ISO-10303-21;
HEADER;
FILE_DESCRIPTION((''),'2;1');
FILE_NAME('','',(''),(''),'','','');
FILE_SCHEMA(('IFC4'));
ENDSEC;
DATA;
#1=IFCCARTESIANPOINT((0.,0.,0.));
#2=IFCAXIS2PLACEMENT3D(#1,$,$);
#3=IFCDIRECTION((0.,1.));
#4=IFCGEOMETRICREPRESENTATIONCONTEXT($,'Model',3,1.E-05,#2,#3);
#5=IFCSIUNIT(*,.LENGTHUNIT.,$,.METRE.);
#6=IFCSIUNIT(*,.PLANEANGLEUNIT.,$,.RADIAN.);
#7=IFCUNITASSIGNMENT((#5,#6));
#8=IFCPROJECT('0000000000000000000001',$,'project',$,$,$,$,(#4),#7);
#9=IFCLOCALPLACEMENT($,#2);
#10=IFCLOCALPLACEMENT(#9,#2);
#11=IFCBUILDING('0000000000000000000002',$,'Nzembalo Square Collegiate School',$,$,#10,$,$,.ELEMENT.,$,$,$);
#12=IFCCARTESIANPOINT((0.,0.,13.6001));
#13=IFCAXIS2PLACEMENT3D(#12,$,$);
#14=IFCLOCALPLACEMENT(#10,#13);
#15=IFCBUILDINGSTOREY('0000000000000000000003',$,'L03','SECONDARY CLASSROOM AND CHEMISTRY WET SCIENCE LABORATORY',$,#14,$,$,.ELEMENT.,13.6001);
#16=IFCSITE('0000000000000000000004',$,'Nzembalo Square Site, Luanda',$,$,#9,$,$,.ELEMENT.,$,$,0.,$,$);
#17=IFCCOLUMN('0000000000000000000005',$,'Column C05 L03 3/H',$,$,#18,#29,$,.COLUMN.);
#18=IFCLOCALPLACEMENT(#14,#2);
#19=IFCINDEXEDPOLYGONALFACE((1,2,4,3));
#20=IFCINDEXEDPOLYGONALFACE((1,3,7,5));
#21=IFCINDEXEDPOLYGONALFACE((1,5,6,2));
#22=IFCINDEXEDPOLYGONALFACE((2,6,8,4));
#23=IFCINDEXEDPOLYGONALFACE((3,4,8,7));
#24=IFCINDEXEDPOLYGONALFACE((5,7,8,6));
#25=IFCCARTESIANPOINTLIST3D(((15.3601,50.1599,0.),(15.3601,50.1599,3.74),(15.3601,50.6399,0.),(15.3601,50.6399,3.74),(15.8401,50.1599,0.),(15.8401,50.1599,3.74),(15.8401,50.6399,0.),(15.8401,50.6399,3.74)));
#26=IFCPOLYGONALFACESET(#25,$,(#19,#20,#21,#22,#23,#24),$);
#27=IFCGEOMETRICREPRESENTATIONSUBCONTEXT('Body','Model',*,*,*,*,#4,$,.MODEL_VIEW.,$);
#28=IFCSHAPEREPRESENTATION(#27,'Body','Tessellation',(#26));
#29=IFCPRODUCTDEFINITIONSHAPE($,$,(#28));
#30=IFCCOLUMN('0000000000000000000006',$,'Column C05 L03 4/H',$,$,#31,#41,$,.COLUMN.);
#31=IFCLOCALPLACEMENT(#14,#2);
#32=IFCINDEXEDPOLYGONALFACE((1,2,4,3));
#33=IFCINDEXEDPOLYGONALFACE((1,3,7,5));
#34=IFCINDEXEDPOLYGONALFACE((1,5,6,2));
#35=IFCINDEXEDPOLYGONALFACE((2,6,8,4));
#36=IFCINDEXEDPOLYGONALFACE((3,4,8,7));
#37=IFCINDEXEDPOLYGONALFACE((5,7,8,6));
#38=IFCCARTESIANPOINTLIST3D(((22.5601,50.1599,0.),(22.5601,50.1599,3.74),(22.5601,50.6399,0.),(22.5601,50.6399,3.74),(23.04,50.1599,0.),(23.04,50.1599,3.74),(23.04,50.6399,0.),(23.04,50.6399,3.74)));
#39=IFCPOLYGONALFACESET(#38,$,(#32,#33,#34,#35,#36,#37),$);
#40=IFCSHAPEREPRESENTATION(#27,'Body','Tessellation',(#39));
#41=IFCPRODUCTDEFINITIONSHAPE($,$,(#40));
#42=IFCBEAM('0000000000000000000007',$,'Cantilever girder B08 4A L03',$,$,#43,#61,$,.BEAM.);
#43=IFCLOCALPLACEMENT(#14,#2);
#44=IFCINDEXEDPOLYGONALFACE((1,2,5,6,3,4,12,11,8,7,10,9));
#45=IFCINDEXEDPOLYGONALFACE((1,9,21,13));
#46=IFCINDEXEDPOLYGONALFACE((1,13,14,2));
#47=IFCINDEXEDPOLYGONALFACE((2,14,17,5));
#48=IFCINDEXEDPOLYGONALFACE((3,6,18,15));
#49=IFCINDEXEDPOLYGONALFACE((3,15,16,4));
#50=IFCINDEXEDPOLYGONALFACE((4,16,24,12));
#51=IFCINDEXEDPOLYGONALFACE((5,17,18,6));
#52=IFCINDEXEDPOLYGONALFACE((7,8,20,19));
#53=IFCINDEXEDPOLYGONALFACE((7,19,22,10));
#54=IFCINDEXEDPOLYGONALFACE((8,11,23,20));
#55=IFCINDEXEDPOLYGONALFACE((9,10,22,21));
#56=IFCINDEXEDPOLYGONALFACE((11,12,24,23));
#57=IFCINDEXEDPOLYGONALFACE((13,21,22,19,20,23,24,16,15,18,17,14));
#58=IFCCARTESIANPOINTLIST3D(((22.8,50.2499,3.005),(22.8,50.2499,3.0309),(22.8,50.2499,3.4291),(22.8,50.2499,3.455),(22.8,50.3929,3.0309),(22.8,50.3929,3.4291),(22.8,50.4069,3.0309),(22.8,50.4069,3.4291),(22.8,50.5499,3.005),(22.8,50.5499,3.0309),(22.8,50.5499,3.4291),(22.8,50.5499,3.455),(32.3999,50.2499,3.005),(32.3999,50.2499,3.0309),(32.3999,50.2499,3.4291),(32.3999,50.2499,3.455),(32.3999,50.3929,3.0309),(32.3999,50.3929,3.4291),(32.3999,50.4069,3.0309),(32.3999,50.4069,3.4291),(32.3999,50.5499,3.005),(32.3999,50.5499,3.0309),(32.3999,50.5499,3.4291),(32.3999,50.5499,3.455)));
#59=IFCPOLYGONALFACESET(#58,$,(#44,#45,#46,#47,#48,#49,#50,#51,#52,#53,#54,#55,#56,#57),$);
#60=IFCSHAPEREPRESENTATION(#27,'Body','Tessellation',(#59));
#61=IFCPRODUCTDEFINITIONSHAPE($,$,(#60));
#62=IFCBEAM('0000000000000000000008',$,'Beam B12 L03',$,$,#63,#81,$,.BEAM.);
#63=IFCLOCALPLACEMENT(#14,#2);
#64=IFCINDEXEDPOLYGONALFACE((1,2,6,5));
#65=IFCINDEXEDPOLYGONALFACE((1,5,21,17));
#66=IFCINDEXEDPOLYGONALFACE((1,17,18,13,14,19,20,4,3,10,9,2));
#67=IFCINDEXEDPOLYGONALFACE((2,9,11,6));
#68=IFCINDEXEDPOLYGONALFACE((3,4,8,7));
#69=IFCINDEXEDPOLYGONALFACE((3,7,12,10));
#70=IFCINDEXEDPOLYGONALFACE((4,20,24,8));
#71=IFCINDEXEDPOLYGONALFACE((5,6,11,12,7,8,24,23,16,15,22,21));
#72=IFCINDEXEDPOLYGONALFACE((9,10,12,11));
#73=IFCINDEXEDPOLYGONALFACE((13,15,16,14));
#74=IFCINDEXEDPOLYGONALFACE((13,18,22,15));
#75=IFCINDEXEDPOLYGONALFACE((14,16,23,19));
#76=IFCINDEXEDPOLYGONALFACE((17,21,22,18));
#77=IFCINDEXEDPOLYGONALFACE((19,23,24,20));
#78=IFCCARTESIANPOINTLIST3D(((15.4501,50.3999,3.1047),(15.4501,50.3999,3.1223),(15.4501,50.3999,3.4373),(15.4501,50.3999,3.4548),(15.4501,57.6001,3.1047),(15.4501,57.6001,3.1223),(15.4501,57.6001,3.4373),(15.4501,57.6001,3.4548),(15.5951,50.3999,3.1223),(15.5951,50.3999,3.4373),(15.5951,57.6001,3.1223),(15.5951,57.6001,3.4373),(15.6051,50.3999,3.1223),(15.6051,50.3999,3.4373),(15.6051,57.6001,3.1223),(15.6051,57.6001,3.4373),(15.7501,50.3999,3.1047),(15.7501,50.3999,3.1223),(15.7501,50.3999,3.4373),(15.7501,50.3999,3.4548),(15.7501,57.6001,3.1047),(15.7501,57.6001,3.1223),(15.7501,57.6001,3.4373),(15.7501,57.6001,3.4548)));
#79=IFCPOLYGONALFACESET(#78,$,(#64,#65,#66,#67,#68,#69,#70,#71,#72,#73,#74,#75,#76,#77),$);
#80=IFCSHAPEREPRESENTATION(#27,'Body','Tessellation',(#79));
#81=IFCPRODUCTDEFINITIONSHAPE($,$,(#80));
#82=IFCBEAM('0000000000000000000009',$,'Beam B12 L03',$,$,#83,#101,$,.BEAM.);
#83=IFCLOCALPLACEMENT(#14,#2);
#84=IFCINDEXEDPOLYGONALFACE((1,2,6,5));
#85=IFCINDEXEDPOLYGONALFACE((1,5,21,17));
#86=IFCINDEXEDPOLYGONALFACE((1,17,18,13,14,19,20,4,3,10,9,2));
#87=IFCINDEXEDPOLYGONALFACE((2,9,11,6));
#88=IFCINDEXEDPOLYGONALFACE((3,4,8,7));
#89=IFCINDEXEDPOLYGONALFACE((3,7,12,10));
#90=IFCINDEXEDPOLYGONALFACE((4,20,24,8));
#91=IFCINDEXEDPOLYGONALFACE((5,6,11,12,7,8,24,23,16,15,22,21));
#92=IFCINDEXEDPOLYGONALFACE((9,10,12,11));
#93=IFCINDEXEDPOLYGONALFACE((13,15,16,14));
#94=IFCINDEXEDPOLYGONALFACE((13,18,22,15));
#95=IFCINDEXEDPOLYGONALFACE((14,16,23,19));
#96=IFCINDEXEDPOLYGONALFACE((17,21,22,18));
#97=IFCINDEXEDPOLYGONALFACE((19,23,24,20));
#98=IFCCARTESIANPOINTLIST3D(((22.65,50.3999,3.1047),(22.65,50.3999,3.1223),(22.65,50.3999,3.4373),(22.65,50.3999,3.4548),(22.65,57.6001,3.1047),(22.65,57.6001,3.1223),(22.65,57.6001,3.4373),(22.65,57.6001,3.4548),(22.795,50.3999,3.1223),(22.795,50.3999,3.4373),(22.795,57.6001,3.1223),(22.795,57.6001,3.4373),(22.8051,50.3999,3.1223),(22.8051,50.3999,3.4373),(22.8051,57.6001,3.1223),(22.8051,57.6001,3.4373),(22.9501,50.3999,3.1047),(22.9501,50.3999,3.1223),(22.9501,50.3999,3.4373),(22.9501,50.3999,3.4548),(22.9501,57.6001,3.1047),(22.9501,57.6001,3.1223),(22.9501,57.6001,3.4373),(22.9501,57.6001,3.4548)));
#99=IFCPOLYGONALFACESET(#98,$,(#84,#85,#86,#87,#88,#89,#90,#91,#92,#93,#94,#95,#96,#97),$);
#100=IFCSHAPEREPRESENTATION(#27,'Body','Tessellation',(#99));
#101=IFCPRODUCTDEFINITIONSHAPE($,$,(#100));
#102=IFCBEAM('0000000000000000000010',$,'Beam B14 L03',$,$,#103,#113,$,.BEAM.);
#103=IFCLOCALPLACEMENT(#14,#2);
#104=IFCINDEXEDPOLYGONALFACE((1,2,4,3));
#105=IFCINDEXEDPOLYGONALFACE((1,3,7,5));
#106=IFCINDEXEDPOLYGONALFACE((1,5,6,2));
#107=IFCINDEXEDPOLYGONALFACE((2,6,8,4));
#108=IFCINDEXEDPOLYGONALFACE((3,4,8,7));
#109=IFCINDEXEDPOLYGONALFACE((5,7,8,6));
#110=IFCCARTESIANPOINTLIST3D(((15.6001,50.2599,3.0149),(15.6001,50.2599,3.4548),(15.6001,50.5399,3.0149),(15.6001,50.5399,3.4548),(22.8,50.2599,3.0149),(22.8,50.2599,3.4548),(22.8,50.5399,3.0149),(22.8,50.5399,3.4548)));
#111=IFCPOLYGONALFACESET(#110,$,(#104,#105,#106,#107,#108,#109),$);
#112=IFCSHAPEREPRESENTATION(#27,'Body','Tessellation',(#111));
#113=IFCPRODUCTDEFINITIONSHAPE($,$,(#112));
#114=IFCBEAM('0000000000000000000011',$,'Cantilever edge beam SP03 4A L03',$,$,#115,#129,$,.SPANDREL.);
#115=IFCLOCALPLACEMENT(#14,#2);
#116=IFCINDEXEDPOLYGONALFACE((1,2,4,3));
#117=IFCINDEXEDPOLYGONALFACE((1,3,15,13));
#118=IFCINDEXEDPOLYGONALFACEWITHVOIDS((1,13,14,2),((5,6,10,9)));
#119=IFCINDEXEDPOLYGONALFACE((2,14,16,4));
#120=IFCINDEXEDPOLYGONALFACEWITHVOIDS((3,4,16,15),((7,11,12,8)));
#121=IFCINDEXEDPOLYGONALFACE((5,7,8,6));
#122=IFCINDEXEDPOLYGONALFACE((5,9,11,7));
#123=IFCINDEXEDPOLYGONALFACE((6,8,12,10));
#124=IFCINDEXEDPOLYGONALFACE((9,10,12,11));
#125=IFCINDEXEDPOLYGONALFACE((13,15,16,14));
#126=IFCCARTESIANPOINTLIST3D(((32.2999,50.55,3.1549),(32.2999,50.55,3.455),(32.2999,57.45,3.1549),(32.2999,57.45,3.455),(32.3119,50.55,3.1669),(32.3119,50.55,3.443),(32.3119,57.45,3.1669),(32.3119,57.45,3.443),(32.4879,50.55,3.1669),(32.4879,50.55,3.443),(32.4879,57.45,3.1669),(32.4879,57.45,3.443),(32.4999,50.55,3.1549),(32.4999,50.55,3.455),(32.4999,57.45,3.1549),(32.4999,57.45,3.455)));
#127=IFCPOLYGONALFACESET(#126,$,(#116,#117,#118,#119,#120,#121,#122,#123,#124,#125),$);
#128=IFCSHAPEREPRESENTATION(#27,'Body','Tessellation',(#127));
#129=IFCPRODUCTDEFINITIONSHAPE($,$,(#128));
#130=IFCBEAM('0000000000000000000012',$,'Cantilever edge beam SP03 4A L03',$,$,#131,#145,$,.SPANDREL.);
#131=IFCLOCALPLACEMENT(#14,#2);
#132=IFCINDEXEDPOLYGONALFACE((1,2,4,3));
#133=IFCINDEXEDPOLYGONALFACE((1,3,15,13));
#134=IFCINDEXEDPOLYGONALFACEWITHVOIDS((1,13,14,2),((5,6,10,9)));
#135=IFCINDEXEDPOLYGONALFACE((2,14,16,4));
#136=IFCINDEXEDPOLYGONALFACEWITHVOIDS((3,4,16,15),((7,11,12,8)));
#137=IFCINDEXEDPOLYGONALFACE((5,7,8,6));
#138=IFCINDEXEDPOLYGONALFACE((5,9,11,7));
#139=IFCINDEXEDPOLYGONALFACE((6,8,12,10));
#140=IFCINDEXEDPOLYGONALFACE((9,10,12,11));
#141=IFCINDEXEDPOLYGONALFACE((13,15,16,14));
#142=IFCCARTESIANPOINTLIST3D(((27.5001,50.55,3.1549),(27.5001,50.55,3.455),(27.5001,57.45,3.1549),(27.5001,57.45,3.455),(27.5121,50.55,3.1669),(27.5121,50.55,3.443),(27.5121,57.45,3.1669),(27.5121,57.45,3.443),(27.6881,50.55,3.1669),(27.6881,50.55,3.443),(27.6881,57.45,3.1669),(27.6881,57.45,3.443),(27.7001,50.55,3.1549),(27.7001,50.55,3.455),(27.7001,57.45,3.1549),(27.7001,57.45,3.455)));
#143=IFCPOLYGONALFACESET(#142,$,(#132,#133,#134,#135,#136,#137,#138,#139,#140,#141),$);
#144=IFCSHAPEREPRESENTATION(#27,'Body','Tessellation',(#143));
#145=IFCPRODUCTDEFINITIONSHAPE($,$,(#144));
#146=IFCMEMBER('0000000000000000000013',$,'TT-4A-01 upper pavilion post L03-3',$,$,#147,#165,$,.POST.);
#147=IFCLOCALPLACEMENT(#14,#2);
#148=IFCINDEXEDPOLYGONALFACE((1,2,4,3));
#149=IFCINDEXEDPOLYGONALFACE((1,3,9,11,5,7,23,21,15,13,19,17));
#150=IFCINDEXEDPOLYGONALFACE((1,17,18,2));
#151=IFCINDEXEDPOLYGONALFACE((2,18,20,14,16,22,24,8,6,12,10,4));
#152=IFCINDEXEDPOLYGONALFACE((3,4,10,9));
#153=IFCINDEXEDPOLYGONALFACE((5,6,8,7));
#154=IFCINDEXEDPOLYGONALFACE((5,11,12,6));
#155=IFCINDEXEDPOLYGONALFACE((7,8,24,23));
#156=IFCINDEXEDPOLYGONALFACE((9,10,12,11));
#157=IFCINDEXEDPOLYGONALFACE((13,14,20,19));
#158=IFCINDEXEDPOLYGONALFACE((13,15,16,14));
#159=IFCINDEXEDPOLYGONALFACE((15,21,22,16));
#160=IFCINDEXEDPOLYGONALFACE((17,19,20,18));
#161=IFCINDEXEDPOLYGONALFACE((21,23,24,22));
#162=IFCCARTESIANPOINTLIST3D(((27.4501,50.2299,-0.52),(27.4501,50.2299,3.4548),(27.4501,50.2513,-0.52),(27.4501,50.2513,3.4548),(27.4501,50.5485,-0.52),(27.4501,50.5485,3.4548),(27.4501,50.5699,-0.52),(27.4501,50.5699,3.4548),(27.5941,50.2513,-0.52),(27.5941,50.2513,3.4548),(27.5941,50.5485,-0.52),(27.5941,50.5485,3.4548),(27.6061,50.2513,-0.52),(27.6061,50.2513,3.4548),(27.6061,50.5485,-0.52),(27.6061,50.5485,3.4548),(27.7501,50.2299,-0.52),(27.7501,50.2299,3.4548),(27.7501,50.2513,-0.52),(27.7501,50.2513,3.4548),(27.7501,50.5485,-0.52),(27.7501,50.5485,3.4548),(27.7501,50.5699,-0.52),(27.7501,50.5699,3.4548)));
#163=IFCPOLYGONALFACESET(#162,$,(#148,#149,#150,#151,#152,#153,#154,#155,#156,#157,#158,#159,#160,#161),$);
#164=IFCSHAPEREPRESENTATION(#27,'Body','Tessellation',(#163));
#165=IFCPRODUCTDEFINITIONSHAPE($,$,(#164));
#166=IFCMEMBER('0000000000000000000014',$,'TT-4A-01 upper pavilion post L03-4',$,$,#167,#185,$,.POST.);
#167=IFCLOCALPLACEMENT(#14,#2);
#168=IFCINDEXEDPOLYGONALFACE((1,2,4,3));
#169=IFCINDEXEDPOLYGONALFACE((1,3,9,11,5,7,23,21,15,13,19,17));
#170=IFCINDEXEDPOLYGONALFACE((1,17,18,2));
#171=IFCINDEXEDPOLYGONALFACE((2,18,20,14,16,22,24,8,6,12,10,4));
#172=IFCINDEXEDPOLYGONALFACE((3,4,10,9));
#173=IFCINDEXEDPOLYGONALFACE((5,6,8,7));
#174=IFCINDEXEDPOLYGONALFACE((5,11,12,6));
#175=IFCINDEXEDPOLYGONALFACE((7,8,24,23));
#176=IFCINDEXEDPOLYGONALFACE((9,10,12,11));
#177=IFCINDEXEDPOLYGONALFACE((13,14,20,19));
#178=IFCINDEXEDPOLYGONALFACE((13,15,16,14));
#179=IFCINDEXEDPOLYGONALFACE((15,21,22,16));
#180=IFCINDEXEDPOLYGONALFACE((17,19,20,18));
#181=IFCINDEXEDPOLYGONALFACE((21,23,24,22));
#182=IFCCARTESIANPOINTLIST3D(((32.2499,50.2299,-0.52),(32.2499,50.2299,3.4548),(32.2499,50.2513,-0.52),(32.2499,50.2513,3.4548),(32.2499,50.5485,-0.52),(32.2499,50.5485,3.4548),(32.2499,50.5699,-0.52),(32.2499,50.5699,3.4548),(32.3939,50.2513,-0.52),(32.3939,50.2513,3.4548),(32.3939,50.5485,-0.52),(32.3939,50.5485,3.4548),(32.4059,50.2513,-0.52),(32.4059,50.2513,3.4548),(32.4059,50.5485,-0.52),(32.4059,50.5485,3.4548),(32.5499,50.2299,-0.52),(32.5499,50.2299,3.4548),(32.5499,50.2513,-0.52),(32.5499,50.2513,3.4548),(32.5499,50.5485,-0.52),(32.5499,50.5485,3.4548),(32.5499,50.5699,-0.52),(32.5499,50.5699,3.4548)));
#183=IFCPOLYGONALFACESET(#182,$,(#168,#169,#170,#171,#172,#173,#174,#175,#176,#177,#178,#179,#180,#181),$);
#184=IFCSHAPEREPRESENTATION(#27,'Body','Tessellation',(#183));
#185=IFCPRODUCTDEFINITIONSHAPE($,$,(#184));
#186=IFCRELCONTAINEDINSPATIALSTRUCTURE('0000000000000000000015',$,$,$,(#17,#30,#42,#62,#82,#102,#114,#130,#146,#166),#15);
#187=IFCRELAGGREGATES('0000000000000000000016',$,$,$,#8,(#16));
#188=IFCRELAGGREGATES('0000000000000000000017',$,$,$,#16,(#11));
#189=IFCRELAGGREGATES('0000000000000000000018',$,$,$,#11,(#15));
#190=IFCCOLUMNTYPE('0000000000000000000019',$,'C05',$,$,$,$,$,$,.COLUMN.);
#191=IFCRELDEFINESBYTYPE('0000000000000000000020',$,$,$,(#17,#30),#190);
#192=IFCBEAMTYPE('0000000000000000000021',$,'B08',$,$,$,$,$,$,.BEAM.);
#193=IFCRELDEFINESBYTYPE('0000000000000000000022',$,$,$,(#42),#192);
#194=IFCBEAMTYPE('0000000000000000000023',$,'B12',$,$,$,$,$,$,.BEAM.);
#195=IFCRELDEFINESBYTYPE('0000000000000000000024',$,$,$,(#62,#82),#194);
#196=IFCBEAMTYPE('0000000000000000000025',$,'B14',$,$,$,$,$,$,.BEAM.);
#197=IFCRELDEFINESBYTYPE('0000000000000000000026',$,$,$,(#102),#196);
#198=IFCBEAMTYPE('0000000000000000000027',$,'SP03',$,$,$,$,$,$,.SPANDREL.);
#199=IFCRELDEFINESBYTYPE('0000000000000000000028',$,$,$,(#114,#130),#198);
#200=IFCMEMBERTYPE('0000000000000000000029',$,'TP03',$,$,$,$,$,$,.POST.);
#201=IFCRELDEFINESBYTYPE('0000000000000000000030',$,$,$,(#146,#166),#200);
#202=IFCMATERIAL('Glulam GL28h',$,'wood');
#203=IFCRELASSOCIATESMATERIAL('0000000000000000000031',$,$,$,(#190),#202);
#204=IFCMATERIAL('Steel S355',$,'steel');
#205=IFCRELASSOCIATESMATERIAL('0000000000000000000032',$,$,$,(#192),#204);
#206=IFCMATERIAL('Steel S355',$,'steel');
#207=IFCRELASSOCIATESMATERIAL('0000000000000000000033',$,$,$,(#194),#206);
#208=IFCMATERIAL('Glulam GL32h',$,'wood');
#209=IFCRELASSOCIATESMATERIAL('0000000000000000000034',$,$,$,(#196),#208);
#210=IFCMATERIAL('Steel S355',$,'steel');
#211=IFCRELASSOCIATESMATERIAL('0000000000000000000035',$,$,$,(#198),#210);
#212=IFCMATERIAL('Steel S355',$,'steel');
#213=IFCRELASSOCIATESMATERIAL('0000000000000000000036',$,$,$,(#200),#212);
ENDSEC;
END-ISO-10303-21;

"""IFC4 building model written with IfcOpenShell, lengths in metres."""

from ifc_helpers import new_model, si_unit, direction, frame, origin, origin_2d, place, context, subcontext, project, spatial, rectangle, hollow_rectangle, i_section, extrude, material, material_profile, profile_set, type_object, element, save


model = new_model("IFC4")

# Units and contexts
model_context = context("Model", 3, precision=1e-05, world=origin(), true_north=direction((0.0, 1.0)))
body_context = subcontext(model_context, "Body", "Model", "MODEL_VIEW")
ifc_project = project(units=[si_unit("LENGTHUNIT", "METRE"), si_unit("PLANEANGLEUNIT", "RADIAN")], contexts=[model_context])

# Site, building, storey
site_placement = place(None, origin())
site = spatial("IfcSite", under=ifc_project, at=site_placement, Name="Nzembalo Square Site, Luanda", CompositionType="ELEMENT", RefElevation=0.0)
building_placement = place(site_placement, origin())
building = spatial("IfcBuilding", under=site, at=building_placement, Name="Nzembalo Square Collegiate School", CompositionType="ELEMENT")
storey_placement = place(building_placement, frame((0.0, 0.0, 13.6001)))
storey = spatial("IfcBuildingStorey", under=building, at=storey_placement, Name="L03", Description="SECONDARY CLASSROOM AND CHEMISTRY WET SCIENCE LABORATORY", CompositionType="ELEMENT", Elevation=13.6001)

# Columns
ifc_material_1 = material(Name="Glulam GL28h", Category="wood")
ifc_material_profile_1 = material_profile(ifc_material_1, rectangle(XDim=0.48, YDim=0.48, at=origin_2d()), Name="GL28h 480x480")
ifc_profile_set_1 = profile_set([ifc_material_profile_1], Name="Glulam GL28h")
column_type = type_object("IfcColumnType", Name="C05", PredefinedType="COLUMN", material=ifc_profile_set_1)
for number, where, z_axis, x_axis, name in (
    (1, (15.6001, 50.3999, 0.0), (0.0, 0.0, 1.0), (1.0, 0.0, 0.0), "Column C05 L03 3/H"),
    (2, (22.8, 50.3999, 0.0), (0.0, 0.0, 1.0), (1.0, 0.0, 0.0), "Column C05 L03 4/H"),
):
    element("IfcColumn", number, at=place(storey_placement, frame(where, z_axis=z_axis, x_axis=x_axis)), inside=storey, type_object=column_type, Name=name, PredefinedType="COLUMN", context=body_context, shape_type="SweptSolid", body=[
        extrude(rectangle(XDim=0.48, YDim=0.48, at=origin_2d()), origin(), (0.0, 0.0, 1.0), 3.74),
    ])

# Beams
ifc_material_2 = material(Name="Steel S355", Category="steel")
ifc_material_profile_2 = material_profile(ifc_material_2, i_section(OverallWidth=0.3, OverallDepth=0.45, WebThickness=0.0139, FlangeThickness=0.0259, at=origin_2d()), Name="HEB 450")
ifc_profile_set_2 = profile_set([ifc_material_profile_2], Name="Steel S355")
beam_type_1 = type_object("IfcBeamType", Name="B08", PredefinedType="BEAM", material=ifc_profile_set_2)
beam_1_placement = place(storey_placement, frame((22.8, 50.3999, 3.23), z_axis=(1.0, 0.0, 0.0), x_axis=(0.0, 1.0, 0.0)))
element("IfcBeam", 3, at=beam_1_placement, inside=storey, type_object=beam_type_1, Name="Cantilever girder B08 4A L03", PredefinedType="BEAM", context=body_context, shape_type="SweptSolid", body=[
    extrude(i_section(OverallWidth=0.3, OverallDepth=0.45, WebThickness=0.0139, FlangeThickness=0.0259, at=origin_2d()), origin(), (0.0, 0.0, 1.0), 9.5999),
])
ifc_material_3 = material(Name="Steel S355", Category="steel")
ifc_material_profile_3 = material_profile(ifc_material_3, i_section(OverallWidth=0.3, OverallDepth=0.3501, WebThickness=0.01, FlangeThickness=0.0176, at=origin_2d()), Name="HEA 360")
ifc_profile_set_3 = profile_set([ifc_material_profile_3], Name="Steel S355")
beam_type_2 = type_object("IfcBeamType", Name="B12", PredefinedType="BEAM", material=ifc_profile_set_3)
for number, where, z_axis, x_axis, name in (
    (4, (15.6001, 50.3999, 3.2798), (0.0, 1.0, 0.0), (-1.0, 0.0, 0.0), "Beam B12 L03"),
    (5, (22.8, 50.3999, 3.2798), (0.0, 1.0, 0.0), (-1.0, 0.0, 0.0), "Beam B12 L03"),
):
    element("IfcBeam", number, at=place(storey_placement, frame(where, z_axis=z_axis, x_axis=x_axis)), inside=storey, type_object=beam_type_2, Name=name, PredefinedType="BEAM", context=body_context, shape_type="SweptSolid", body=[
        extrude(i_section(OverallWidth=0.3, OverallDepth=0.3501, WebThickness=0.01, FlangeThickness=0.0176, at=origin_2d()), origin(), (0.0, 0.0, 1.0), 7.2002),
    ])
ifc_material_4 = material(Name="Glulam GL32h", Category="wood")
ifc_material_profile_4 = material_profile(ifc_material_4, rectangle(XDim=0.28, YDim=0.4399, at=origin_2d()), Name="GL32h 280x440")
ifc_profile_set_4 = profile_set([ifc_material_profile_4], Name="Glulam GL32h")
beam_type_3 = type_object("IfcBeamType", Name="B14", PredefinedType="BEAM", material=ifc_profile_set_4)
beam_2_placement = place(storey_placement, frame((15.6001, 50.3999, 3.2349), z_axis=(1.0, 0.0, 0.0), x_axis=(0.0, 1.0, 0.0)))
element("IfcBeam", 6, at=beam_2_placement, inside=storey, type_object=beam_type_3, Name="Beam B14 L03", PredefinedType="BEAM", context=body_context, shape_type="SweptSolid", body=[
    extrude(rectangle(XDim=0.28, YDim=0.4399, at=origin_2d()), origin(), (0.0, 0.0, 1.0), 7.2),
])
ifc_material_5 = material(Name="Steel S355", Category="steel")
ifc_material_profile_5 = material_profile(ifc_material_5, hollow_rectangle(XDim=0.2, YDim=0.3, WallThickness=0.012, at=origin_2d()), Name="RHS 300x200x12")
ifc_profile_set_5 = profile_set([ifc_material_profile_5], Name="Steel S355")
beam_type_4 = type_object("IfcBeamType", Name="SP03", PredefinedType="SPANDREL", material=ifc_profile_set_5)
for number, where, z_axis, x_axis, name in (
    (7, (32.3999, 50.55, 3.3049), (0.0, 1.0, 0.0), (-1.0, 0.0, 0.0), "Cantilever edge beam SP03 4A L03"),
    (8, (27.6001, 50.55, 3.3049), (0.0, 1.0, 0.0), (-1.0, 0.0, 0.0), "Cantilever edge beam SP03 4A L03"),
):
    element("IfcBeam", number, at=place(storey_placement, frame(where, z_axis=z_axis, x_axis=x_axis)), inside=storey, type_object=beam_type_4, Name=name, PredefinedType="SPANDREL", context=body_context, shape_type="SweptSolid", body=[
        extrude(hollow_rectangle(XDim=0.2, YDim=0.3, WallThickness=0.012, at=origin_2d()), origin(), (0.0, 0.0, 1.0), 6.8999),
    ])

# Members
ifc_material_6 = material(Name="Steel S355", Category="steel")
ifc_material_profile_6 = material_profile(ifc_material_6, i_section(OverallWidth=0.3, OverallDepth=0.3401, WebThickness=0.012, FlangeThickness=0.0215, at=origin_2d()), Name="HEB 340")
ifc_profile_set_6 = profile_set([ifc_material_profile_6], Name="Steel S355")
member_type = type_object("IfcMemberType", Name="TP03", PredefinedType="POST", material=ifc_profile_set_6)
for number, where, z_axis, x_axis, name in (
    (9, (27.6001, 50.3999, -0.52), (0.0, 0.0, 1.0), (1.0, 0.0, 0.0), "TT-4A-01 upper pavilion post L03-3"),
    (10, (32.3999, 50.3999, -0.52), (0.0, 0.0, 1.0), (1.0, 0.0, 0.0), "TT-4A-01 upper pavilion post L03-4"),
):
    element("IfcMember", number, at=place(storey_placement, frame(where, z_axis=z_axis, x_axis=x_axis)), inside=storey, type_object=member_type, Name=name, PredefinedType="POST", context=body_context, shape_type="SweptSolid", body=[
        extrude(i_section(OverallWidth=0.3, OverallDepth=0.3401, WebThickness=0.012, FlangeThickness=0.0215, at=origin_2d()), origin(), (0.0, 0.0, 1.0), 3.9749),
    ])

save(model, "model.ifc")
